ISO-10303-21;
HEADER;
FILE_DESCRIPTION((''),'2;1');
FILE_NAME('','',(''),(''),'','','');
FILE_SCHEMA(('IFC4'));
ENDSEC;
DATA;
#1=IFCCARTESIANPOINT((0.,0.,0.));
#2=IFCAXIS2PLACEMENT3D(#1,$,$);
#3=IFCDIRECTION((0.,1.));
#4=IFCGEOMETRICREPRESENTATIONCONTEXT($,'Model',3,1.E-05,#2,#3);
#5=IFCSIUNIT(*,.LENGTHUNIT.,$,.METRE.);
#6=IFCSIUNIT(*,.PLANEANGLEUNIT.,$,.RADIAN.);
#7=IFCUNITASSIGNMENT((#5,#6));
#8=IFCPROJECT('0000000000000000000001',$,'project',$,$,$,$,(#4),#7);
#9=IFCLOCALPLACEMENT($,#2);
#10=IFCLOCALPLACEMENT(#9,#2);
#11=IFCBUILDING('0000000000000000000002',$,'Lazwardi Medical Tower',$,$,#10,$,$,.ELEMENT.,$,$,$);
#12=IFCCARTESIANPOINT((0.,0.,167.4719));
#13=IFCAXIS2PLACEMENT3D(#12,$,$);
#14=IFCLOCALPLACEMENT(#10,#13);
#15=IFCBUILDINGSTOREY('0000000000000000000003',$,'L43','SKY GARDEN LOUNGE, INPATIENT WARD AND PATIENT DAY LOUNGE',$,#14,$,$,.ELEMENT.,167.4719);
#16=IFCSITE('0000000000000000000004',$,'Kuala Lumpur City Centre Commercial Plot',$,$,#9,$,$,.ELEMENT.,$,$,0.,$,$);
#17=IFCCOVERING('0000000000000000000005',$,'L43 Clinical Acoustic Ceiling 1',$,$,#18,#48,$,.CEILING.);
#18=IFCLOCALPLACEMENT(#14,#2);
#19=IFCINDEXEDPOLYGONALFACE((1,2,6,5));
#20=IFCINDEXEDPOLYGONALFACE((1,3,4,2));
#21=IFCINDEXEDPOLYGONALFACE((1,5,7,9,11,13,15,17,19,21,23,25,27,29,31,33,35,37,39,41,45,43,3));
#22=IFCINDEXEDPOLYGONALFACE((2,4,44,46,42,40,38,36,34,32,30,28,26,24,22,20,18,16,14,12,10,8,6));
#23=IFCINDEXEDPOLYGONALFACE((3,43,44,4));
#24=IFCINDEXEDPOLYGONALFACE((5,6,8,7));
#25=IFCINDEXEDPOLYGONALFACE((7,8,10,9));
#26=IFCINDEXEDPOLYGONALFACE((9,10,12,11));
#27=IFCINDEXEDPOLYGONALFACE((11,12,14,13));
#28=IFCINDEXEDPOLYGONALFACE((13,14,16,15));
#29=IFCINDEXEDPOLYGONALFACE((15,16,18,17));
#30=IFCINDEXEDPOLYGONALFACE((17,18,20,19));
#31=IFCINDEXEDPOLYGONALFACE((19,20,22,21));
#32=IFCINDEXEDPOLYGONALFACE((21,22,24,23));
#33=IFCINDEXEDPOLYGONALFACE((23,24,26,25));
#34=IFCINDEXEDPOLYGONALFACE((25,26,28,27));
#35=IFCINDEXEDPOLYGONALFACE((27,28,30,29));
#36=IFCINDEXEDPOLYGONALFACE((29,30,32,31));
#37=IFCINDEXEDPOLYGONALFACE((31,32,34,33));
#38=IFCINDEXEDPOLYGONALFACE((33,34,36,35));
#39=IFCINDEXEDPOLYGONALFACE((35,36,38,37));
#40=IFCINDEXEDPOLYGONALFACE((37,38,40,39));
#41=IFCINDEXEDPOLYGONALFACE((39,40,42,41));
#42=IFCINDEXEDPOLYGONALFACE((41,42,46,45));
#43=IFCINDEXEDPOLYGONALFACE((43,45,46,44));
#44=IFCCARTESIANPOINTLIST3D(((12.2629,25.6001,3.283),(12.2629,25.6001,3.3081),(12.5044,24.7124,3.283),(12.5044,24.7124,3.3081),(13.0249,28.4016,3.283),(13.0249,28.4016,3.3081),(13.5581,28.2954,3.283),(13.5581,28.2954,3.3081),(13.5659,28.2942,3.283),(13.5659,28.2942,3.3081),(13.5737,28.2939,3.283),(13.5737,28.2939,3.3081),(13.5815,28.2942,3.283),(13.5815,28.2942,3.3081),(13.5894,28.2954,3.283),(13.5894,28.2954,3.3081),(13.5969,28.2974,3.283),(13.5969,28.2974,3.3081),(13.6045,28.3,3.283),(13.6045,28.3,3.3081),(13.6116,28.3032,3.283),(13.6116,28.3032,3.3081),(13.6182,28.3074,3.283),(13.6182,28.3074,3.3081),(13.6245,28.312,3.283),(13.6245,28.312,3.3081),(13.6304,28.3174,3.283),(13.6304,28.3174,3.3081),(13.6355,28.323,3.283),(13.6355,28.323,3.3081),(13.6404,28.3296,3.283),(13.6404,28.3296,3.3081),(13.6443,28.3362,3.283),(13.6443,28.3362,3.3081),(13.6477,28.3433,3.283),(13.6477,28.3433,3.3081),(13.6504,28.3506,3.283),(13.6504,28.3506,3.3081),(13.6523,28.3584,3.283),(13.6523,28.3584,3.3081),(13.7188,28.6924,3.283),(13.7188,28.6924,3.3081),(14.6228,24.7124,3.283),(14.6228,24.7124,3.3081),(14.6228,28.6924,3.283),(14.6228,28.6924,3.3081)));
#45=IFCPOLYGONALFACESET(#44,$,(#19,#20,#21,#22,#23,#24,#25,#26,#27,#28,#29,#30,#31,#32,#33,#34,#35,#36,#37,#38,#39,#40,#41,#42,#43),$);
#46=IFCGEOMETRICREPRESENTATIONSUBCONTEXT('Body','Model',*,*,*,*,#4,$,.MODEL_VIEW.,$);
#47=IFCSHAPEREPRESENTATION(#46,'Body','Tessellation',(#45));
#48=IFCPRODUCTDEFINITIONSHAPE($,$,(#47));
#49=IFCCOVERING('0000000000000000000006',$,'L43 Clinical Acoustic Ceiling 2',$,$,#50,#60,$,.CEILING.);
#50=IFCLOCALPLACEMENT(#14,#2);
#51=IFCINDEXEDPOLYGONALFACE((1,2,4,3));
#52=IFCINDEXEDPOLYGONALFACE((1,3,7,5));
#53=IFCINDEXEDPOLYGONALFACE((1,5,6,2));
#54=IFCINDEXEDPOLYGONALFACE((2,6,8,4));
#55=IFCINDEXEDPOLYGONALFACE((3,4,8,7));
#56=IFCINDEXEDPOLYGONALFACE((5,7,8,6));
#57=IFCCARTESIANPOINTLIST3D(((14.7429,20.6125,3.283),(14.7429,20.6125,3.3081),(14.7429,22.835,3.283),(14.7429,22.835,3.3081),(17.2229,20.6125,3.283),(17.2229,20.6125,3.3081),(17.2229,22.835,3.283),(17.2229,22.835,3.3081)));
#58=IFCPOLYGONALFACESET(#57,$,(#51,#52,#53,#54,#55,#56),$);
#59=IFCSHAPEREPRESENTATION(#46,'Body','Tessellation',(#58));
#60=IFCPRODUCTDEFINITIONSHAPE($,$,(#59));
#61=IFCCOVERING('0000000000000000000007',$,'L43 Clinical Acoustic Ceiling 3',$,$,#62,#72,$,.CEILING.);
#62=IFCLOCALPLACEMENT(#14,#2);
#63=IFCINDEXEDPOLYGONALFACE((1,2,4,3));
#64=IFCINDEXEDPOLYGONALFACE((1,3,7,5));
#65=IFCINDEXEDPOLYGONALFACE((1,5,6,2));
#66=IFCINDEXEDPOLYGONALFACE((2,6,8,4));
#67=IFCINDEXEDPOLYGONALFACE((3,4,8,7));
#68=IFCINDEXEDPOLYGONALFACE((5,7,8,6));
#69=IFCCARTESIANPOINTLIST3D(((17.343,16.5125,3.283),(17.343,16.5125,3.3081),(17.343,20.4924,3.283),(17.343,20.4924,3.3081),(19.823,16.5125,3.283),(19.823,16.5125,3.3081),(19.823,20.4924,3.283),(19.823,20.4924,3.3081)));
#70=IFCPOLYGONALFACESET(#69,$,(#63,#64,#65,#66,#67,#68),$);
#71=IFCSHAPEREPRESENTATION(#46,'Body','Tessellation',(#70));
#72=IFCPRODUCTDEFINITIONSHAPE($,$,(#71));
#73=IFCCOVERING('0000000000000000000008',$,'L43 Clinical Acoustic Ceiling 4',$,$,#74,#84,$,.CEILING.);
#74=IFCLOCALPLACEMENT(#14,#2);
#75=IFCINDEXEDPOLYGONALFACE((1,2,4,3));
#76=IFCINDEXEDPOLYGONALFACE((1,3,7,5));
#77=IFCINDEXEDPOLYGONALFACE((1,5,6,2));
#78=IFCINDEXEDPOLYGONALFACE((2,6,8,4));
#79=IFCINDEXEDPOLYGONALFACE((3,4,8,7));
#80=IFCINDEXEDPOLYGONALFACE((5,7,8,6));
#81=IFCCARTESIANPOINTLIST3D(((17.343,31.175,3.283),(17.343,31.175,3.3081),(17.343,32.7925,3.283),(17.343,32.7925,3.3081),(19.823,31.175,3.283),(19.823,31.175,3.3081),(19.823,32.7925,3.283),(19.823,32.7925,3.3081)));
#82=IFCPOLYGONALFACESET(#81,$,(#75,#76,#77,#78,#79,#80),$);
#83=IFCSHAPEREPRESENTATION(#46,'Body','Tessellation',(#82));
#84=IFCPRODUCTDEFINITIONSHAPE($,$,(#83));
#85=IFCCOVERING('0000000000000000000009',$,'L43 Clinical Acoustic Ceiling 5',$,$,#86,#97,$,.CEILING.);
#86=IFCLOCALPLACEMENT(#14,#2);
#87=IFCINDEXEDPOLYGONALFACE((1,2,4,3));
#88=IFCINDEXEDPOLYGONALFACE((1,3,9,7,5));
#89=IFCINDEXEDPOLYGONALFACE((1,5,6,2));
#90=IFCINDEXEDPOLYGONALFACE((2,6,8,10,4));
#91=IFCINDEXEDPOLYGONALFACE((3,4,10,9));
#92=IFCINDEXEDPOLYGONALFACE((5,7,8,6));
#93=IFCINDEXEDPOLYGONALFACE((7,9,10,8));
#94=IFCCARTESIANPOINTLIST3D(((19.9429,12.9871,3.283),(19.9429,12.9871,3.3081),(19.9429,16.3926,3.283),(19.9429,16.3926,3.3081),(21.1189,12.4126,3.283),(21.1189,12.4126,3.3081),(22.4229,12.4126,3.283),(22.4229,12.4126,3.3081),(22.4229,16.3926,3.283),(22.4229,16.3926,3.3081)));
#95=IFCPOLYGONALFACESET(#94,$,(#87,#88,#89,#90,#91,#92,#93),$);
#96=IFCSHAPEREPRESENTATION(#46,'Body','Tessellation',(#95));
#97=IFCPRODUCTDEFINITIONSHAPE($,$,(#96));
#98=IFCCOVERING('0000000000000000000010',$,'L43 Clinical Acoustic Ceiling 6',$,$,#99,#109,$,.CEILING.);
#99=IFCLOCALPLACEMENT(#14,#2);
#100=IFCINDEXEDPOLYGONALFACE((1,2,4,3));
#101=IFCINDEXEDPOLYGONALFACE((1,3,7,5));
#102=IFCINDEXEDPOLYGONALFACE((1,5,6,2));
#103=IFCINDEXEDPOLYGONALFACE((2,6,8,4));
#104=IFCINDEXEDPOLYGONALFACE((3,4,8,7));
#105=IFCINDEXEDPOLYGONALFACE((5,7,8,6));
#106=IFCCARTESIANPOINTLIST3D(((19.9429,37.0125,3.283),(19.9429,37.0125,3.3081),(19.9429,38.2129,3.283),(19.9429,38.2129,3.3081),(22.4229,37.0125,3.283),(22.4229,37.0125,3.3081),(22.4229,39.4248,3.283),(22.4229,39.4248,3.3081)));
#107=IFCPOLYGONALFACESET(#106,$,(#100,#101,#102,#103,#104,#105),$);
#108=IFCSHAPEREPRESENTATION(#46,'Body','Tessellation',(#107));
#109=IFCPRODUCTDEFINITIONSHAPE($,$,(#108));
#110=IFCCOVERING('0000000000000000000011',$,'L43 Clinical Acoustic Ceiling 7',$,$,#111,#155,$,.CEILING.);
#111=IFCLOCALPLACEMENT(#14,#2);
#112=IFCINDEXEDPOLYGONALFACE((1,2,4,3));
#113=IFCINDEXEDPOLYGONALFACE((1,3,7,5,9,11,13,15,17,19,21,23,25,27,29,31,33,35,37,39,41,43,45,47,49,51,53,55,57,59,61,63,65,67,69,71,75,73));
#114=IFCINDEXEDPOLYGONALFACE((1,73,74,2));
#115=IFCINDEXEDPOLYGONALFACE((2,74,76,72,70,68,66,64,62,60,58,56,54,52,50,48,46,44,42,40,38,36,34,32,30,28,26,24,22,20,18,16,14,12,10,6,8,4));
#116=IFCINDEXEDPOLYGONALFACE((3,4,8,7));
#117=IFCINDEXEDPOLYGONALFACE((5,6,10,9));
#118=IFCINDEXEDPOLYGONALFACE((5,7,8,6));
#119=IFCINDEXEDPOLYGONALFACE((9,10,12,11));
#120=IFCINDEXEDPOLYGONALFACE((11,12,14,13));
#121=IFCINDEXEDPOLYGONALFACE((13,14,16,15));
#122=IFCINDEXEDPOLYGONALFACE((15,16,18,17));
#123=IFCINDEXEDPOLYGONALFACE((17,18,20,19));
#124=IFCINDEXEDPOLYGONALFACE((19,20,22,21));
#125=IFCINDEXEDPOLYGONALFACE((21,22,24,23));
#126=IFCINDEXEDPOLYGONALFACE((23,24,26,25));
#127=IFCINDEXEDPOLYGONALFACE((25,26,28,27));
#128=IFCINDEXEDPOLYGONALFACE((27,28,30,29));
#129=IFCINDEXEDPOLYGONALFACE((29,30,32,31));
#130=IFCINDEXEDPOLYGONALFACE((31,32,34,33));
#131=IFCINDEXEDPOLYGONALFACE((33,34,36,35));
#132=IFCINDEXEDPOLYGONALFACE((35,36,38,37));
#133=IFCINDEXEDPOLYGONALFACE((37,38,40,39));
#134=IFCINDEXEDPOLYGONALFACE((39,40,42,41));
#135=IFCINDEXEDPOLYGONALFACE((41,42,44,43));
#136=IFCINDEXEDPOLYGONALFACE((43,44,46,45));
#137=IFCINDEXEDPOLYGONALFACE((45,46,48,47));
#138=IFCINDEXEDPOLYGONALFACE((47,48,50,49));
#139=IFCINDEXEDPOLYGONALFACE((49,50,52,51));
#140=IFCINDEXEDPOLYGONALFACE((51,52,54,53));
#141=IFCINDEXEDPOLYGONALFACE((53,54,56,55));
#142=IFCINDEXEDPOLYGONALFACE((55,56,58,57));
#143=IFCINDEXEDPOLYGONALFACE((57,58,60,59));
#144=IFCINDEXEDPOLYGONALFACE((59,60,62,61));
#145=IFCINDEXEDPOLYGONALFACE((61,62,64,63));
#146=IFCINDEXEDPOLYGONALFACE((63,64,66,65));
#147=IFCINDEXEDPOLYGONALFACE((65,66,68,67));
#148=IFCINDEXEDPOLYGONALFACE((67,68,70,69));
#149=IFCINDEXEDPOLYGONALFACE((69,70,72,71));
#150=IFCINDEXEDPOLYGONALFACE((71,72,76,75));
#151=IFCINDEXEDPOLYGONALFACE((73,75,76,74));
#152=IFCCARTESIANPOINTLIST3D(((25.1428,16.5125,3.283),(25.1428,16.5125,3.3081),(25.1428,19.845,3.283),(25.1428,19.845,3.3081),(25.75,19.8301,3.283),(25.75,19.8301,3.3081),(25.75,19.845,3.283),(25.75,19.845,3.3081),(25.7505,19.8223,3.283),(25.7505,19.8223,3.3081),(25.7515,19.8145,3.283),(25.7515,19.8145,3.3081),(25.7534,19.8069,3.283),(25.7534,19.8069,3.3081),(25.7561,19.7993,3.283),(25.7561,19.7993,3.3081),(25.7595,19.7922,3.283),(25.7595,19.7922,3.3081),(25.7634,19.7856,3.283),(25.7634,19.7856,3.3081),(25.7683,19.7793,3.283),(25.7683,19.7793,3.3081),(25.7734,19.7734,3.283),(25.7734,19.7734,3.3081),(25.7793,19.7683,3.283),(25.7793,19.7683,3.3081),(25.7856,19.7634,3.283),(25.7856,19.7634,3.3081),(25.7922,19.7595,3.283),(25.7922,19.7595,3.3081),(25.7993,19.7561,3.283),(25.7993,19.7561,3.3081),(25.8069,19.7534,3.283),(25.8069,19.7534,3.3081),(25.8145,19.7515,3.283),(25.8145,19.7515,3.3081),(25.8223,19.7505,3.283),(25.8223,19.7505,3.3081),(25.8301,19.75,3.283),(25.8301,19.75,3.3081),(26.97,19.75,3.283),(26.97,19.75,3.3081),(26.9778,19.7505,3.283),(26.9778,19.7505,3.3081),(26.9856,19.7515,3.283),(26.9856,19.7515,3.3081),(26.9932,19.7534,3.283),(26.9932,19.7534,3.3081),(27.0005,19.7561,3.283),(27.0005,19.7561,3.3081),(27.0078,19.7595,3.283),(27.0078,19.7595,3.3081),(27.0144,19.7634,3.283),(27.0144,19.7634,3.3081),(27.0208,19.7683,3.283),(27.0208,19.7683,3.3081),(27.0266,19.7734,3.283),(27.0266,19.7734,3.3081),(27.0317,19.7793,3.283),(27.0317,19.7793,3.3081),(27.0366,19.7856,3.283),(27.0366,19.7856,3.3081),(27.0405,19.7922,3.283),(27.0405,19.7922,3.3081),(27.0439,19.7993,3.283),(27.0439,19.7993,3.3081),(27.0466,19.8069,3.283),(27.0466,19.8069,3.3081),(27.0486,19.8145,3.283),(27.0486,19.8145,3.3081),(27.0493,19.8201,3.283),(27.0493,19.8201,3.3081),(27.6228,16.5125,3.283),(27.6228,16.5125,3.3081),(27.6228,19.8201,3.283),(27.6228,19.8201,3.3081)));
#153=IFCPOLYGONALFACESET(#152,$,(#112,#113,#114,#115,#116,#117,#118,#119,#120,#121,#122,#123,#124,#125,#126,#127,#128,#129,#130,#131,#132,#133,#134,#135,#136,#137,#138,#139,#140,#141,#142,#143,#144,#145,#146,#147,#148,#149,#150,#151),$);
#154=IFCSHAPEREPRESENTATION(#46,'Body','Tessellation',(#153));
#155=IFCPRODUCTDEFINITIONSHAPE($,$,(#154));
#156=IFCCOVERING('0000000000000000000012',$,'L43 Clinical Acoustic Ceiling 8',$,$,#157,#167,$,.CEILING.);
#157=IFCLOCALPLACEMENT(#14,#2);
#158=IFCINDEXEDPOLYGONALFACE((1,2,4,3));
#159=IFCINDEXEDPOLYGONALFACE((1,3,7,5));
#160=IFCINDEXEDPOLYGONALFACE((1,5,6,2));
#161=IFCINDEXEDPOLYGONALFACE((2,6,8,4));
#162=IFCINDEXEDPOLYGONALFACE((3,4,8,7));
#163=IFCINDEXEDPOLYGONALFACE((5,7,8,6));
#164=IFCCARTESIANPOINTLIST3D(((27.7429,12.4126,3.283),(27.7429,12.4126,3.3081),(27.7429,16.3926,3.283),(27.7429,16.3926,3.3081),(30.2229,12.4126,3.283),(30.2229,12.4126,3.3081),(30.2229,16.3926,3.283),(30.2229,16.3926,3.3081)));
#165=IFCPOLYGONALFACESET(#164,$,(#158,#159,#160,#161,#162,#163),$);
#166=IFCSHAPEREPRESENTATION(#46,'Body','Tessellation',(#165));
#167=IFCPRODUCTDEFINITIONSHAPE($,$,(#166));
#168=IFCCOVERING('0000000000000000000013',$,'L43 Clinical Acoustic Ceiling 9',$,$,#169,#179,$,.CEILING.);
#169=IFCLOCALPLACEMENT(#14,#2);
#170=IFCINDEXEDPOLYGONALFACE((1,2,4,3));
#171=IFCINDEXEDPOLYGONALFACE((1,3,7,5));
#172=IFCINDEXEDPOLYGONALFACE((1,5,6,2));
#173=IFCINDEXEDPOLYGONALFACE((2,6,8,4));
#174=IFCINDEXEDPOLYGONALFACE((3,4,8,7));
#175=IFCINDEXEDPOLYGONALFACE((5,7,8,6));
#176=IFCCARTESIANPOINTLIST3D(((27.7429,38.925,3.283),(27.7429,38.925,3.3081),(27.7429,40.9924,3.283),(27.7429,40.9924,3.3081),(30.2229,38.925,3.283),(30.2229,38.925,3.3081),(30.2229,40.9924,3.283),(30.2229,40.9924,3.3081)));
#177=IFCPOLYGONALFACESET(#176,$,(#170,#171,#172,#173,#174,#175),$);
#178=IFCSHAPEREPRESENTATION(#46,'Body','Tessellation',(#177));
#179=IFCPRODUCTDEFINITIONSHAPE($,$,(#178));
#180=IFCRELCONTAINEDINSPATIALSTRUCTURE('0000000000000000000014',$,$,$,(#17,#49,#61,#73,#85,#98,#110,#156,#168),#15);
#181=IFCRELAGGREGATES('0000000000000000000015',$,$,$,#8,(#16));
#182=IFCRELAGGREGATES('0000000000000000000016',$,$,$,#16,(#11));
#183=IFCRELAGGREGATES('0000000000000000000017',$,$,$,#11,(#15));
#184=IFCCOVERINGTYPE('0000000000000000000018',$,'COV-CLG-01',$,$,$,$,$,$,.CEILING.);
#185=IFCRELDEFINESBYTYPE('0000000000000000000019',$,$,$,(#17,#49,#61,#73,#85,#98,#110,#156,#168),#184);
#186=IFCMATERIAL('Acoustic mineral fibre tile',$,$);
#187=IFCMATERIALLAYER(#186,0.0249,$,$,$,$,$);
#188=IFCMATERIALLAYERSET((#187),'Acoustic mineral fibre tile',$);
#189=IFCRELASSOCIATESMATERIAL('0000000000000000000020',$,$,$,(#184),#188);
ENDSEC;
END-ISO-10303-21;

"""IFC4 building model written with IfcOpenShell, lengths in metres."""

from ifc_helpers import new_model, si_unit, direction, frame, origin, place, context, subcontext, project, spatial, polyline, outline, extrude, material, layer, layer_set, type_object, element, save


model = new_model("IFC4")

# Units and contexts
model_context = context("Model", 3, precision=1e-05, world=origin(), true_north=direction((0.0, 1.0)))
body_context = subcontext(model_context, "Body", "Model", "MODEL_VIEW")
ifc_project = project(units=[si_unit("LENGTHUNIT", "METRE"), si_unit("PLANEANGLEUNIT", "RADIAN")], contexts=[model_context])

# Site, building, storey
site_placement = place(None, origin())
site = spatial("IfcSite", under=ifc_project, at=site_placement, Name="Kuala Lumpur City Centre Commercial Plot", CompositionType="ELEMENT", RefElevation=0.0)
building_placement = place(site_placement, origin())
building = spatial("IfcBuilding", under=site, at=building_placement, Name="Lazwardi Medical Tower", CompositionType="ELEMENT")
storey_placement = place(building_placement, frame((0.0, 0.0, 167.4719)))
storey = spatial("IfcBuildingStorey", under=building, at=storey_placement, Name="L43", Description="SKY GARDEN LOUNGE, INPATIENT WARD AND PATIENT DAY LOUNGE", CompositionType="ELEMENT", Elevation=167.4719)

# Coverings
ifc_material_1 = material(Name="Acoustic mineral fibre tile")
ifc_layer_1 = layer(ifc_material_1, 0.0249)
ifc_layer_set_1 = layer_set([ifc_layer_1], Name="Acoustic mineral fibre tile")
covering_type_1 = type_object("IfcCoveringType", Name="COV-CLG-01", PredefinedType="CEILING", material=ifc_layer_set_1)
covering_1_placement = place(storey_placement, frame((0.0, 0.0, 3.283)))
element("IfcCovering", 1, at=covering_1_placement, inside=storey, type_object=covering_type_1, Name="L43 Clinical Acoustic Ceiling 1", PredefinedType="CEILING", context=body_context, shape_type="SweptSolid", body=[
    extrude(outline(polyline([(13.7188, 28.6924), (13.6523, 28.3584), (13.6504, 28.3506), (13.6477, 28.3433), (13.6443, 28.3362), (13.6404, 28.3296), (13.6355, 28.323), (13.6304, 28.3174), (13.6245, 28.312), (13.6182, 28.3074), (13.6116, 28.3032), (13.6045, 28.3), (13.5969, 28.2974), (13.5894, 28.2954), (13.5815, 28.2942), (13.5737, 28.2939), (13.5659, 28.2942), (13.5581, 28.2954), (13.0249, 28.4016), (12.2629, 25.6001), (12.5044, 24.7124), (14.6228, 24.7124), (14.6228, 28.6924), (13.7188, 28.6924)])), origin(), (0.0, 0.0, 1.0), 0.0251),
])
covering_2_placement = place(storey_placement, frame((0.0, 0.0, 3.283)))
element("IfcCovering", 2, at=covering_2_placement, inside=storey, type_object=covering_type_1, Name="L43 Clinical Acoustic Ceiling 2", PredefinedType="CEILING", context=body_context, shape_type="SweptSolid", body=[
    extrude(outline(polyline([(17.2229, 22.835), (14.7429, 22.835), (14.7429, 20.6125), (17.2229, 20.6125), (17.2229, 22.835)])), origin(), (0.0, 0.0, 1.0), 0.0251),
])
covering_3_placement = place(storey_placement, frame((0.0, 0.0, 3.283)))
element("IfcCovering", 3, at=covering_3_placement, inside=storey, type_object=covering_type_1, Name="L43 Clinical Acoustic Ceiling 3", PredefinedType="CEILING", context=body_context, shape_type="SweptSolid", body=[
    extrude(outline(polyline([(19.823, 16.5125), (19.823, 20.4924), (17.343, 20.4924), (17.343, 16.5125), (19.823, 16.5125)])), origin(), (0.0, 0.0, 1.0), 0.0251),
])
covering_4_placement = place(storey_placement, frame((0.0, 0.0, 3.283)))
element("IfcCovering", 4, at=covering_4_placement, inside=storey, type_object=covering_type_1, Name="L43 Clinical Acoustic Ceiling 4", PredefinedType="CEILING", context=body_context, shape_type="SweptSolid", body=[
    extrude(outline(polyline([(17.343, 31.175), (19.823, 31.175), (19.823, 32.7925), (17.343, 32.7925), (17.343, 31.175)])), origin(), (0.0, 0.0, 1.0), 0.0251),
])
covering_5_placement = place(storey_placement, frame((0.0, 0.0, 3.283)))
element("IfcCovering", 5, at=covering_5_placement, inside=storey, type_object=covering_type_1, Name="L43 Clinical Acoustic Ceiling 5", PredefinedType="CEILING", context=body_context, shape_type="SweptSolid", body=[
    extrude(outline(polyline([(19.9429, 12.9871), (21.1189, 12.4126), (22.4229, 12.4126), (22.4229, 16.3926), (19.9429, 16.3926), (19.9429, 12.9871)])), origin(), (0.0, 0.0, 1.0), 0.0251),
])
covering_6_placement = place(storey_placement, frame((0.0, 0.0, 3.283)))
element("IfcCovering", 6, at=covering_6_placement, inside=storey, type_object=covering_type_1, Name="L43 Clinical Acoustic Ceiling 6", PredefinedType="CEILING", context=body_context, shape_type="SweptSolid", body=[
    extrude(outline(polyline([(22.4229, 39.4248), (19.9429, 38.2129), (19.9429, 37.0125), (22.4229, 37.0125), (22.4229, 39.4248)])), origin(), (0.0, 0.0, 1.0), 0.0251),
])
covering_7_placement = place(storey_placement, frame((0.0, 0.0, 3.283)))
element("IfcCovering", 7, at=covering_7_placement, inside=storey, type_object=covering_type_1, Name="L43 Clinical Acoustic Ceiling 7", PredefinedType="CEILING", context=body_context, shape_type="SweptSolid", body=[
    extrude(outline(polyline([(27.6228, 19.8201), (27.0493, 19.8201), (27.0486, 19.8145), (27.0466, 19.8069), (27.0439, 19.7993), (27.0405, 19.7922), (27.0366, 19.7856), (27.0317, 19.7793), (27.0266, 19.7734), (27.0208, 19.7683), (27.0144, 19.7634), (27.0078, 19.7595), (27.0005, 19.7561), (26.9932, 19.7534), (26.9856, 19.7515), (26.9778, 19.7505), (26.97, 19.75), (25.8301, 19.75), (25.8223, 19.7505), (25.8145, 19.7515), (25.8069, 19.7534), (25.7993, 19.7561), (25.7922, 19.7595), (25.7856, 19.7634), (25.7793, 19.7683), (25.7734, 19.7734), (25.7683, 19.7793), (25.7634, 19.7856), (25.7595, 19.7922), (25.7561, 19.7993), (25.7534, 19.8069), (25.7515, 19.8145), (25.7505, 19.8223), (25.75, 19.8301), (25.75, 19.845), (25.1428, 19.845), (25.1428, 16.5125), (27.6228, 16.5125), (27.6228, 19.8201)])), origin(), (0.0, 0.0, 1.0), 0.0251),
])
covering_8_placement = place(storey_placement, frame((0.0, 0.0, 3.283)))
element("IfcCovering", 8, at=covering_8_placement, inside=storey, type_object=covering_type_1, Name="L43 Clinical Acoustic Ceiling 8", PredefinedType="CEILING", context=body_context, shape_type="SweptSolid", body=[
    extrude(outline(polyline([(30.2229, 12.4126), (30.2229, 16.3926), (27.7429, 16.3926), (27.7429, 12.4126), (30.2229, 12.4126)])), origin(), (0.0, 0.0, 1.0), 0.0251),
])
covering_9_placement = place(storey_placement, frame((0.0, 0.0, 3.283)))
element("IfcCovering", 9, at=covering_9_placement, inside=storey, type_object=covering_type_1, Name="L43 Clinical Acoustic Ceiling 9", PredefinedType="CEILING", context=body_context, shape_type="SweptSolid", body=[
    extrude(outline(polyline([(27.7429, 38.925), (30.2229, 38.925), (30.2229, 40.9924), (27.7429, 40.9924), (27.7429, 38.925)])), origin(), (0.0, 0.0, 1.0), 0.0251),
])

save(model, "model.ifc")
